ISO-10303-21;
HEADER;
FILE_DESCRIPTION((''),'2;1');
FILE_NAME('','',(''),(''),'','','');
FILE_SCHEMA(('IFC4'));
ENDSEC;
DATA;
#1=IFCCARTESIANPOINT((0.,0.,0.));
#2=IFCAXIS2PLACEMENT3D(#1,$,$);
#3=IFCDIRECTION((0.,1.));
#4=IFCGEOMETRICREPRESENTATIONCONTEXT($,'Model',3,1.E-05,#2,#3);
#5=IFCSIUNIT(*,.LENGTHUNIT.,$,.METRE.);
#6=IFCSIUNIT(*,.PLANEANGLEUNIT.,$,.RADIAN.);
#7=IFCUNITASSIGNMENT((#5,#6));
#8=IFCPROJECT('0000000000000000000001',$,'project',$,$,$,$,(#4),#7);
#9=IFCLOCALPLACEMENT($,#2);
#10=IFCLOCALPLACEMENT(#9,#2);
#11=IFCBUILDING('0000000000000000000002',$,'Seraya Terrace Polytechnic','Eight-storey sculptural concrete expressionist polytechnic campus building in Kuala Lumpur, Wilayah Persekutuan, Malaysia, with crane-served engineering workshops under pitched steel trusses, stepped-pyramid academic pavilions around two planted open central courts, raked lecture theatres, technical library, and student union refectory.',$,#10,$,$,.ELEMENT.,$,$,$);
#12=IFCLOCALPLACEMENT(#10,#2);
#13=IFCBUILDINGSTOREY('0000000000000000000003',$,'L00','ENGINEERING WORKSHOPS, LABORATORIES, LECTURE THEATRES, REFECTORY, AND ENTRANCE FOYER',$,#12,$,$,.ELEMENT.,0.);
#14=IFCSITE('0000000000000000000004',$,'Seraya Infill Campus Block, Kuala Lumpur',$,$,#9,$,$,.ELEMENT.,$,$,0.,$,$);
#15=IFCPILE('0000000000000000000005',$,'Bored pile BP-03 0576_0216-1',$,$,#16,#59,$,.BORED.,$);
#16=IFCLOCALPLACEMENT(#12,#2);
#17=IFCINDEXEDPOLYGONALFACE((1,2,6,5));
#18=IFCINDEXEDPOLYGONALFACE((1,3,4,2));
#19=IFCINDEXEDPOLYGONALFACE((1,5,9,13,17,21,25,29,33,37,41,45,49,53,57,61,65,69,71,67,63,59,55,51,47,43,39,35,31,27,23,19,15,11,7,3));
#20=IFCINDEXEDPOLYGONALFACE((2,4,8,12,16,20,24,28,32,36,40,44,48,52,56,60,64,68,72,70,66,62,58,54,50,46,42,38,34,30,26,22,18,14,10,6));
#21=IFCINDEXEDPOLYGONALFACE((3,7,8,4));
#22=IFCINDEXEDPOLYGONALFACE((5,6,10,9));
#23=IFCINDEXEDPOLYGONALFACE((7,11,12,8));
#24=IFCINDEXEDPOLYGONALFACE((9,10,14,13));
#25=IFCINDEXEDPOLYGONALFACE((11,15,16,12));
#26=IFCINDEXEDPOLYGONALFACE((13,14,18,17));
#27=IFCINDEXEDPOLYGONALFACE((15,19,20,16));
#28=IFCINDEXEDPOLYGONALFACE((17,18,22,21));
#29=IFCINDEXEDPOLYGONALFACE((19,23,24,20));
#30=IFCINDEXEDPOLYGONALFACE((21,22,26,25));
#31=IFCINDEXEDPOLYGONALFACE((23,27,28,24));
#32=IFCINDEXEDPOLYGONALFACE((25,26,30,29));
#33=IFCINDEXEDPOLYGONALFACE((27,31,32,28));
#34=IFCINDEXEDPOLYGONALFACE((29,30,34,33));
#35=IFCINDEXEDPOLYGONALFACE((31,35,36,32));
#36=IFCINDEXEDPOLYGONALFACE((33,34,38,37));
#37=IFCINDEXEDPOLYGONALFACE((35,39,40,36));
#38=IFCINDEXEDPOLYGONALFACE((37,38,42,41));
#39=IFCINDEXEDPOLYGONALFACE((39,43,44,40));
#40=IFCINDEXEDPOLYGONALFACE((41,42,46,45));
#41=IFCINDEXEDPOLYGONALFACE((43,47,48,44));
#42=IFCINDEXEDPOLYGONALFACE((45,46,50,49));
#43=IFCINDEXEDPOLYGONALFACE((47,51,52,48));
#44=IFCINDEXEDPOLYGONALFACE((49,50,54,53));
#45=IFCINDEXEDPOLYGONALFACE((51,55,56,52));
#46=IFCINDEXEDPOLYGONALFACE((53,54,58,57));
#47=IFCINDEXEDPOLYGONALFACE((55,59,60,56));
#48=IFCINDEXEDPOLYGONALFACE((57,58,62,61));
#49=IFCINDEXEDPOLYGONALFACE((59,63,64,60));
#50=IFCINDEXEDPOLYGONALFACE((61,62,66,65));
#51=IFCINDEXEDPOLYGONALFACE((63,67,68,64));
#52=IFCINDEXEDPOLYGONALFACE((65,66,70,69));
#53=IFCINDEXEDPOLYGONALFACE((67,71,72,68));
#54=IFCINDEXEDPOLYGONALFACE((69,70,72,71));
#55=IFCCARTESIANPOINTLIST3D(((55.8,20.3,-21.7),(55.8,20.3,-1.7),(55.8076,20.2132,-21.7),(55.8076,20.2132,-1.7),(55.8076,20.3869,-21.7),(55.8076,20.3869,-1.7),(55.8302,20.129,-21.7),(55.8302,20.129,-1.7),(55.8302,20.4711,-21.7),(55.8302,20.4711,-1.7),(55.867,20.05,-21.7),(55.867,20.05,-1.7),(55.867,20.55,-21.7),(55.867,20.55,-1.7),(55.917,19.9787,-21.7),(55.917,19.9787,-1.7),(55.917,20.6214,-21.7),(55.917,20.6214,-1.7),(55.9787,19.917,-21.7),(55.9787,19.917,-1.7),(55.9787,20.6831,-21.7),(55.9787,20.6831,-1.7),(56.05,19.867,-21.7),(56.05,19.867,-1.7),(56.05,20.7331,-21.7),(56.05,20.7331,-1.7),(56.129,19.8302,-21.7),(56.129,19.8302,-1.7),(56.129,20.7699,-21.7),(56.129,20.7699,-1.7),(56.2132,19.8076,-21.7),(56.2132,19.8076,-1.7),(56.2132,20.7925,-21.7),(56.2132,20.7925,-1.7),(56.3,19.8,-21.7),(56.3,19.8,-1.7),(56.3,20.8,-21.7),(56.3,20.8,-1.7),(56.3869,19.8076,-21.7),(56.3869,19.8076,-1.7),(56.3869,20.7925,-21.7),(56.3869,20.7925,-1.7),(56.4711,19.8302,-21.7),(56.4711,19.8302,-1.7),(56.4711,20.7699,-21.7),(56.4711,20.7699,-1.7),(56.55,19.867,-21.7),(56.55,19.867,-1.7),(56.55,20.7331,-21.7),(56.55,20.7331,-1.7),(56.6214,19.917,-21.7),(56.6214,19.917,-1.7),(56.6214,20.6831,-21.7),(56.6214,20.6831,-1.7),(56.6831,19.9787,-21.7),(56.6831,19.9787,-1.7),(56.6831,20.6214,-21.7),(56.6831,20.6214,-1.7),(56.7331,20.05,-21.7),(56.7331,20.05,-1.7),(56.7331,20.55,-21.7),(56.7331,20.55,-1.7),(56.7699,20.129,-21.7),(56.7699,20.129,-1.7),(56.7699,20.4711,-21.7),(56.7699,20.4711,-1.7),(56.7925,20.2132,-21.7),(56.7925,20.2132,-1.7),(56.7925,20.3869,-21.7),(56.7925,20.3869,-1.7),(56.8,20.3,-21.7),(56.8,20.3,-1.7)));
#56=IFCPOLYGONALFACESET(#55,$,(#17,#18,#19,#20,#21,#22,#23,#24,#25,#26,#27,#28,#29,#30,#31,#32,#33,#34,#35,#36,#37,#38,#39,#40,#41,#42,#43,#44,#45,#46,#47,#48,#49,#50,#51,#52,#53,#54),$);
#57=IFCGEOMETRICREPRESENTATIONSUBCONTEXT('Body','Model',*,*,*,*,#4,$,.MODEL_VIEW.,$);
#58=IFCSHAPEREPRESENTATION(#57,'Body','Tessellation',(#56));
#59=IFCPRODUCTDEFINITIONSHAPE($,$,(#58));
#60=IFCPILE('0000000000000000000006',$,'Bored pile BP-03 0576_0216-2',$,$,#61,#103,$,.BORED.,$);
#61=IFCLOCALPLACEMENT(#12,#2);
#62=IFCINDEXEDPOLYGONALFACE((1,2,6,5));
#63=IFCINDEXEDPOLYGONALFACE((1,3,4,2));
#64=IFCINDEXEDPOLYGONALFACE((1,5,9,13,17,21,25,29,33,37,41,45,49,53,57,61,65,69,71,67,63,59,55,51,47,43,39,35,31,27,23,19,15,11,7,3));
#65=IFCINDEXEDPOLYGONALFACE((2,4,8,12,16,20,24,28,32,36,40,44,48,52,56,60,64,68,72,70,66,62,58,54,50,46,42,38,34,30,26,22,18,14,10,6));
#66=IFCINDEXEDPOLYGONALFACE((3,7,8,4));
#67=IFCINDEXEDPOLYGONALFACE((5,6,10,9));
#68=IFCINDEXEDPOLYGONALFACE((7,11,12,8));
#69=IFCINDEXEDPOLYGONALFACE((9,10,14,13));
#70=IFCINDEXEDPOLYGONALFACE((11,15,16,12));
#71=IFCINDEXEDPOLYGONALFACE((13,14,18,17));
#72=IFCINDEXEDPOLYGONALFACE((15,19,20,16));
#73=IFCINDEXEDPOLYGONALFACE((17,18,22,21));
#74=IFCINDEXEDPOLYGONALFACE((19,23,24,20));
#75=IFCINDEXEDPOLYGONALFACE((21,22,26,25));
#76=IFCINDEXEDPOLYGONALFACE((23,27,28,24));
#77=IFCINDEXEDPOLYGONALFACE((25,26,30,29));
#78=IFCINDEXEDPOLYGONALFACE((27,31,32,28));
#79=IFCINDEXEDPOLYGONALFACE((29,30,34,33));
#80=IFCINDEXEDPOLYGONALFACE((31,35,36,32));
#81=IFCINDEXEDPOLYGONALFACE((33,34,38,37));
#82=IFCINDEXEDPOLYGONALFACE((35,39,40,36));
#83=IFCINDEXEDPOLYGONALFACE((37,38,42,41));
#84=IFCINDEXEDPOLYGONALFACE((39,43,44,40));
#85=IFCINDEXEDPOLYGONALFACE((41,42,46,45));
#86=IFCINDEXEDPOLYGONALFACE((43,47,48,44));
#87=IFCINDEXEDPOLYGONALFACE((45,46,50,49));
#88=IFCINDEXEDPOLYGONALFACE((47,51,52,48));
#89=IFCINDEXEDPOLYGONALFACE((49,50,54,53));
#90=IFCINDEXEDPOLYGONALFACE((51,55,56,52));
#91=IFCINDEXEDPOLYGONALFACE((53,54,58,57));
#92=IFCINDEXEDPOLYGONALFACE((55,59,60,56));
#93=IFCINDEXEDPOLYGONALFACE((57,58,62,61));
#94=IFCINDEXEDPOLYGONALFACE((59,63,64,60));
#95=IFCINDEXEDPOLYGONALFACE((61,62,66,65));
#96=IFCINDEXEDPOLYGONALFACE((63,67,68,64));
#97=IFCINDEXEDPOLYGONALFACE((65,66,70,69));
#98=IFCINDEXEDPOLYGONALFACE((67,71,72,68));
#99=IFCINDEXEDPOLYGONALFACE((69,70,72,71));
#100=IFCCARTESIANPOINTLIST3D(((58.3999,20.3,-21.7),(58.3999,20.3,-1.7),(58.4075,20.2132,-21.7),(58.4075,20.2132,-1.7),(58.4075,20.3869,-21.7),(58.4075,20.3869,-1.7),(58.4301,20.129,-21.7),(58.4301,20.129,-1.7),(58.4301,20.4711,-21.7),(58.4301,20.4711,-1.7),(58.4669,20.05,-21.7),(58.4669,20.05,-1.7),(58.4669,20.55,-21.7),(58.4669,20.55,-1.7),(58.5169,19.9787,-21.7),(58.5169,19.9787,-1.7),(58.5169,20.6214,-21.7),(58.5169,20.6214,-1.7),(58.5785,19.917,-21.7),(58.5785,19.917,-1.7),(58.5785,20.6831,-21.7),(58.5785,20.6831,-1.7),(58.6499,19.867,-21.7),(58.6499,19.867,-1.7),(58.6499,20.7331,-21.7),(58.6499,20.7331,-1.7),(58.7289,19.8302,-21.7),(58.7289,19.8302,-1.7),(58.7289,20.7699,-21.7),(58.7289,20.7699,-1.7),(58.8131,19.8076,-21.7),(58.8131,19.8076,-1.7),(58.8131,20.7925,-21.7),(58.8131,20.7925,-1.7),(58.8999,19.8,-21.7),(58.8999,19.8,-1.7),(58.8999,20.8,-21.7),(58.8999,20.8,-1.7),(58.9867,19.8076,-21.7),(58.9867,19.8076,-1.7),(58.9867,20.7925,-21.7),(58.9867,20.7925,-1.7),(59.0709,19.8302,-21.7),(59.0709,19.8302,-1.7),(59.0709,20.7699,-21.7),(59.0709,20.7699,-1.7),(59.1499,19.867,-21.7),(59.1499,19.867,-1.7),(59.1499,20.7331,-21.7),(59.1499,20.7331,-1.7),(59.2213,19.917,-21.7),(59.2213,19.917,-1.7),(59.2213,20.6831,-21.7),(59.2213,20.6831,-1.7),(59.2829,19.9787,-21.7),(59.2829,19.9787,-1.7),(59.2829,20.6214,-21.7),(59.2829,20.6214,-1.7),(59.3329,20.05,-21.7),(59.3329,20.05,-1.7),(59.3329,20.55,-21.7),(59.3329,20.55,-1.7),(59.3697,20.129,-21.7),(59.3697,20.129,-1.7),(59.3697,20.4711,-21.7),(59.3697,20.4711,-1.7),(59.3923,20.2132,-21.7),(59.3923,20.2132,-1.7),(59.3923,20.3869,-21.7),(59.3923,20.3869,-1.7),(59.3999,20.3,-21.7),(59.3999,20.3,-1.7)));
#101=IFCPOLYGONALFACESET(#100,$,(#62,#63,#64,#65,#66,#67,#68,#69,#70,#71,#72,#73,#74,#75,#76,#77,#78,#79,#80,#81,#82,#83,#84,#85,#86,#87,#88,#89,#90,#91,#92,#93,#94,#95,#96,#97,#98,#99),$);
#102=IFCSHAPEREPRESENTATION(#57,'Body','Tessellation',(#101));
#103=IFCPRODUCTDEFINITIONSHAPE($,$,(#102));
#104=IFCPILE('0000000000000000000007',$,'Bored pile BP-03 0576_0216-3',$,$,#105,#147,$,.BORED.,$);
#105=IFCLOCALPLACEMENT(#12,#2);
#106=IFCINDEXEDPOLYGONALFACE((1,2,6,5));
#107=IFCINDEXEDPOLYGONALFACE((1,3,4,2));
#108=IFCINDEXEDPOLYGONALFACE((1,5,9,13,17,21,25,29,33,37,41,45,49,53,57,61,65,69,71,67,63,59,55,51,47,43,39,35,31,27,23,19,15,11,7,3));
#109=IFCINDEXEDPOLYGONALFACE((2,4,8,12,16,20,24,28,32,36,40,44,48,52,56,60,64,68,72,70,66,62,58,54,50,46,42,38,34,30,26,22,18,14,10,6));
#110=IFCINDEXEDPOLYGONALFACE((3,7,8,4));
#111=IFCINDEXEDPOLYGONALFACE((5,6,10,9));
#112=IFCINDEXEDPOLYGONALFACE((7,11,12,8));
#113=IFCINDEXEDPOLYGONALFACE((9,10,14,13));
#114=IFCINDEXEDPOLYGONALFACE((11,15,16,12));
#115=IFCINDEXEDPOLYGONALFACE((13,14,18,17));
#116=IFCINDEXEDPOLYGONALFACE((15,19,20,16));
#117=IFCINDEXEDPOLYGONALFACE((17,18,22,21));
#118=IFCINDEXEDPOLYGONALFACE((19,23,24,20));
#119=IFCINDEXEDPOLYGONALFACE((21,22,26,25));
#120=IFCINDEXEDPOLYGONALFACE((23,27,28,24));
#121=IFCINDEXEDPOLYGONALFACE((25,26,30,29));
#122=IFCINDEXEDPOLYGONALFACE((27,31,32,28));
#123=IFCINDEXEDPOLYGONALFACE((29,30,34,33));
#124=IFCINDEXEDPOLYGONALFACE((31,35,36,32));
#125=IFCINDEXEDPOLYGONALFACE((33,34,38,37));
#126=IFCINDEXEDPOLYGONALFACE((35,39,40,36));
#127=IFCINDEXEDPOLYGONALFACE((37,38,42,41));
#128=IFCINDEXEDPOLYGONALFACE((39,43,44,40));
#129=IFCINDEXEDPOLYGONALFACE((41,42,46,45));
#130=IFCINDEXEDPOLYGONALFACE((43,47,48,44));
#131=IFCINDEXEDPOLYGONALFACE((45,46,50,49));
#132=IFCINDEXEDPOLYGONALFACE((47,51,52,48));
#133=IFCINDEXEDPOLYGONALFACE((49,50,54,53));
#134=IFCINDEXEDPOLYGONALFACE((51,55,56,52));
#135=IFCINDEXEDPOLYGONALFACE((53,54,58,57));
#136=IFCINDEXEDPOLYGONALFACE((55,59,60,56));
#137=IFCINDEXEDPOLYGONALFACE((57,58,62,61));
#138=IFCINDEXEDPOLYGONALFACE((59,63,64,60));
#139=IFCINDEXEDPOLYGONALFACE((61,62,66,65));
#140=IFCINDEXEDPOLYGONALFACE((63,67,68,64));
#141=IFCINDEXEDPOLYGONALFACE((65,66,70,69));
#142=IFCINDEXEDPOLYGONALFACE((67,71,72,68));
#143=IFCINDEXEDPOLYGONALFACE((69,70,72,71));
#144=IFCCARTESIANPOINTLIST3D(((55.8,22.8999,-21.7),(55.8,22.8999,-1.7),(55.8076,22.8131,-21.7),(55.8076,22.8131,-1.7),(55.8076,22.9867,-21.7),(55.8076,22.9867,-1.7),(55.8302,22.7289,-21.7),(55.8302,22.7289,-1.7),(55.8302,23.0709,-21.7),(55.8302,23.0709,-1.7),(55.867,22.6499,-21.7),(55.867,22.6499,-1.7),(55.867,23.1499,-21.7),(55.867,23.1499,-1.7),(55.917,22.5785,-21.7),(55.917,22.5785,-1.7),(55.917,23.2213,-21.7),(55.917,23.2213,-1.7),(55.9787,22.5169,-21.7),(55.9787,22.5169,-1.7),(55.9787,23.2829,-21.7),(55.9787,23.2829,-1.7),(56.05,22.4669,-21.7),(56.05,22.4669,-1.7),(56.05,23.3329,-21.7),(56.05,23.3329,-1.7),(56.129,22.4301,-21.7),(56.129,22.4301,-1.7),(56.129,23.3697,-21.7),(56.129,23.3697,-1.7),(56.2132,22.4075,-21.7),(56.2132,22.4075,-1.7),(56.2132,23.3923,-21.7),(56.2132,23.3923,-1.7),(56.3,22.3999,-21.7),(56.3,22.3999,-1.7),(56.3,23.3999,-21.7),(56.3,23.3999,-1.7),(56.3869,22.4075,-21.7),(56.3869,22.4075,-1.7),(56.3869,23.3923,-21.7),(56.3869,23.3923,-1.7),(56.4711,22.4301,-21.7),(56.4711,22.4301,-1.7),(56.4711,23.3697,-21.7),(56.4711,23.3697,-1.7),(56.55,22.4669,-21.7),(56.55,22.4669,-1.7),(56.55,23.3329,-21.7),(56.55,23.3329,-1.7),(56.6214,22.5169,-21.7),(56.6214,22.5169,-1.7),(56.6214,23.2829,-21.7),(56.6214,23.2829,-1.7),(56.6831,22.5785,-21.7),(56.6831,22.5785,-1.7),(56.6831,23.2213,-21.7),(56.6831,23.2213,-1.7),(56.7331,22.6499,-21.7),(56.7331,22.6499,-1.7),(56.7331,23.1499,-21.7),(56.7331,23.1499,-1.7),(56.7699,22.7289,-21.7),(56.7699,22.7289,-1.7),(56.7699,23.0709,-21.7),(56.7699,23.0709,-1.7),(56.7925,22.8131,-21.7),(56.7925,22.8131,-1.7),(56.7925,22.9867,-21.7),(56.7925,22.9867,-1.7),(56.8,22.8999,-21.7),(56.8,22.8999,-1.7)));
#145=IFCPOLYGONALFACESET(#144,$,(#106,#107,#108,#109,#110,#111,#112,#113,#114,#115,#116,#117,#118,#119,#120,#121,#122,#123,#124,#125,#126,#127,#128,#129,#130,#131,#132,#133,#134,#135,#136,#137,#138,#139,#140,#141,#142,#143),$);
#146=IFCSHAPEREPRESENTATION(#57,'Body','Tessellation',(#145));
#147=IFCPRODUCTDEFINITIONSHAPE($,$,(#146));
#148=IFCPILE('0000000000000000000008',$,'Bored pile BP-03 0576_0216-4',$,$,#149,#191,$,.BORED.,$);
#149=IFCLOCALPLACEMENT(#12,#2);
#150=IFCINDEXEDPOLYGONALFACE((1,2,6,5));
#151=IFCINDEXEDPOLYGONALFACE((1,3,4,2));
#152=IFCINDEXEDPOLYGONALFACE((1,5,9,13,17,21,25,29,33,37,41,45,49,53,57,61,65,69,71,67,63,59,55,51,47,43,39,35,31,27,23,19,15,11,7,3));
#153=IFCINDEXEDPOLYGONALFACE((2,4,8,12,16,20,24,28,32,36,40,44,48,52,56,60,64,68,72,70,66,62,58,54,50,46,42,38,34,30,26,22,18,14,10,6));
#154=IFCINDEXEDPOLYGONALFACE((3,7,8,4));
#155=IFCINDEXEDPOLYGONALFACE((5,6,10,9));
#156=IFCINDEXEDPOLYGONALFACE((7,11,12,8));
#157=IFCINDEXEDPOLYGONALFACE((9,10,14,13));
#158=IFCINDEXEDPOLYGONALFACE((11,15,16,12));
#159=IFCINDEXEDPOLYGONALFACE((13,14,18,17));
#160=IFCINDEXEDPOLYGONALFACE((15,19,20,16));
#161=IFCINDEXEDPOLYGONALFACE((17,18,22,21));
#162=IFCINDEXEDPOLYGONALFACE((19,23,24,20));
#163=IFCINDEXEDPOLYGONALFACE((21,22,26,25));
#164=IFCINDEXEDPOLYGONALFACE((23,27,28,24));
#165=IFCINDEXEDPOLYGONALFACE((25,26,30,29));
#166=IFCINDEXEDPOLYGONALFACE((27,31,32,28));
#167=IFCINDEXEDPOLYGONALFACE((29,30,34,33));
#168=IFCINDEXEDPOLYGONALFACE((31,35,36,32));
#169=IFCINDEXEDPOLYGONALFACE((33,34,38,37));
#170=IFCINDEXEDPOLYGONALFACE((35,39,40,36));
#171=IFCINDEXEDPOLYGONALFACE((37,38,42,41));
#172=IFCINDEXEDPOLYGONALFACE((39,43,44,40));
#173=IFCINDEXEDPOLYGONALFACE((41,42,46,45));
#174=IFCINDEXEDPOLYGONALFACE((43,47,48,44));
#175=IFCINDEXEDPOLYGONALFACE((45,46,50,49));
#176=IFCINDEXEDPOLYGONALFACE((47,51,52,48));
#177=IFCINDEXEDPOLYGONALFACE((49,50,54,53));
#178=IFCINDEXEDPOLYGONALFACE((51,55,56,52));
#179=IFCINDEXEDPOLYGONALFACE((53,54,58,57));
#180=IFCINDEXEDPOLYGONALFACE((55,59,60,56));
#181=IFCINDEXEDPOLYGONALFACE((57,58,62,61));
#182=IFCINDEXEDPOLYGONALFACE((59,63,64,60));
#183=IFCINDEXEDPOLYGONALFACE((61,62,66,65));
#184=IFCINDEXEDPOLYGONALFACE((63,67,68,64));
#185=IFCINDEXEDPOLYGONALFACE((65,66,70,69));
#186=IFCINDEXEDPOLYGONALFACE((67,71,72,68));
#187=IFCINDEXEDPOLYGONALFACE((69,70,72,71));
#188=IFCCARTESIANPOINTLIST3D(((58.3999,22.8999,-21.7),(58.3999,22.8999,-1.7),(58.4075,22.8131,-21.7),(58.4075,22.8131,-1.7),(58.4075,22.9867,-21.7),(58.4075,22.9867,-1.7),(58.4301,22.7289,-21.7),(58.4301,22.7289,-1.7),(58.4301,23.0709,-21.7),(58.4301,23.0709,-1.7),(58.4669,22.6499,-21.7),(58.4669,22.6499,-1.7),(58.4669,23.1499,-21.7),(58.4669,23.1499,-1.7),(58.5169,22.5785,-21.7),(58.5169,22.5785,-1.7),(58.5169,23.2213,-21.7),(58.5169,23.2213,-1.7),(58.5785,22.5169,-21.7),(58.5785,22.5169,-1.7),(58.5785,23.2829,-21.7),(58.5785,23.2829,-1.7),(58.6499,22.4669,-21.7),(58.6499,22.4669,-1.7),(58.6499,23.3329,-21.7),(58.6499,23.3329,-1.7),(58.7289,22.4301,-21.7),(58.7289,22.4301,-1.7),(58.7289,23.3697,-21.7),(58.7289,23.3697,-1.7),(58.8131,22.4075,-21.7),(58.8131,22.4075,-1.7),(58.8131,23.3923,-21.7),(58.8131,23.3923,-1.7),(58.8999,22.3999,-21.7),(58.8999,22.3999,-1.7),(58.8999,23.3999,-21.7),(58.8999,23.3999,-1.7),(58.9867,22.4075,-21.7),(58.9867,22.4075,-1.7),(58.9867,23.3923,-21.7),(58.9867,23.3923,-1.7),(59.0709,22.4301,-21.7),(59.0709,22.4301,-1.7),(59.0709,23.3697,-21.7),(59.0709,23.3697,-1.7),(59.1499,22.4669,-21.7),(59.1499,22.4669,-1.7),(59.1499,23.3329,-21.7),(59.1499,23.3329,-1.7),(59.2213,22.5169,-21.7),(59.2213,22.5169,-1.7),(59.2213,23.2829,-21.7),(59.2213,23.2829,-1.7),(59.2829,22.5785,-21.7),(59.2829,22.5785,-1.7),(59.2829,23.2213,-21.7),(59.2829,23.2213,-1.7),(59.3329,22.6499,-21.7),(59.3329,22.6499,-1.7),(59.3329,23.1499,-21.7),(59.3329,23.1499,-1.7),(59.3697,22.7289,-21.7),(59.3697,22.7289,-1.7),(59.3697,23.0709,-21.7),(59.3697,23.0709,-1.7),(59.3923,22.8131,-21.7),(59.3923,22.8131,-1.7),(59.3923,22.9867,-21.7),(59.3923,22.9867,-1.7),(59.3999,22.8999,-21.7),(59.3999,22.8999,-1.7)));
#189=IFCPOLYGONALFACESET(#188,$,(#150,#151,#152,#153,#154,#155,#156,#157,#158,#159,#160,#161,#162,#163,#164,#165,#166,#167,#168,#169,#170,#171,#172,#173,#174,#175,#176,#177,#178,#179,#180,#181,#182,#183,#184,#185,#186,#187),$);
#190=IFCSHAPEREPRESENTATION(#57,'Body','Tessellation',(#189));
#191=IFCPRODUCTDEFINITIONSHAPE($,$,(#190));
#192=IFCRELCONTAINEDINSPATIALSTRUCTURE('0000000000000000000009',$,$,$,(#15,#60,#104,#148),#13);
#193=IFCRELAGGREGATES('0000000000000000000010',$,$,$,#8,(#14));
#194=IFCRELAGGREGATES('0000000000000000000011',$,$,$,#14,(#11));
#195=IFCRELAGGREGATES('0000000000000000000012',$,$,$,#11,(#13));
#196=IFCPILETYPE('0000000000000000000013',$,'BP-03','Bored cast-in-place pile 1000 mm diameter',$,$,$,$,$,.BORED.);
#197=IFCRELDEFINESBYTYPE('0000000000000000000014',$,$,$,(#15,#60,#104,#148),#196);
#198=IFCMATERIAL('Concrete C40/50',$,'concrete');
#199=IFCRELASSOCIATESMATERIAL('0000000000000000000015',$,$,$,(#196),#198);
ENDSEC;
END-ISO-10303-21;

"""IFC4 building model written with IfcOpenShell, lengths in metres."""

from ifc_helpers import new_model, si_unit, direction, frame, origin, origin_2d, place, context, subcontext, project, spatial, circle, extrude, material, material_profile, profile_set, type_object, element, save


model = new_model("IFC4")

# Units and contexts
model_context = context("Model", 3, precision=1e-05, world=origin(), true_north=direction((0.0, 1.0)))
body_context = subcontext(model_context, "Body", "Model", "MODEL_VIEW")
ifc_project = project(units=[si_unit("LENGTHUNIT", "METRE"), si_unit("PLANEANGLEUNIT", "RADIAN")], contexts=[model_context])

# Site, building, storey
site_placement = place(None, origin())
site = spatial("IfcSite", under=ifc_project, at=site_placement, Name="Seraya Infill Campus Block, Kuala Lumpur", CompositionType="ELEMENT", RefElevation=0.0)
building_placement = place(site_placement, origin())
building = spatial("IfcBuilding", under=site, at=building_placement, Name="Seraya Terrace Polytechnic", Description="Eight-storey sculptural concrete expressionist polytechnic campus building in Kuala Lumpur, Wilayah Persekutuan, Malaysia, with crane-served engineering workshops under pitched steel trusses, stepped-pyramid academic pavilions around two planted open central courts, raked lecture theatres, technical library, and student union refectory.", CompositionType="ELEMENT")
storey_placement = place(building_placement, origin())
storey = spatial("IfcBuildingStorey", under=building, at=storey_placement, Name="L00", Description="ENGINEERING WORKSHOPS, LABORATORIES, LECTURE THEATRES, REFECTORY, AND ENTRANCE FOYER", CompositionType="ELEMENT", Elevation=0.0)

# Piles
ifc_material_1 = material(Name="Concrete C40/50", Category="concrete")
ifc_material_profile_1 = material_profile(ifc_material_1, circle(Radius=0.5, at=origin_2d()), Name="DIA 1000")
ifc_profile_set_1 = profile_set([ifc_material_profile_1], Name="Concrete C40/50")
pile_type_1 = type_object("IfcPileType", Name="BP-03", Description="Bored cast-in-place pile 1000 mm diameter", PredefinedType="BORED", material=ifc_profile_set_1)
for number, where, z_axis, x_axis, name in (
    (1, (56.3, 20.3, -1.7), (0.0, 0.0, -1.0), (1.0, 0.0, 0.0), "Bored pile BP-03 0576_0216-1"),
    (2, (58.8999, 20.3, -1.7), (0.0, 0.0, -1.0), (1.0, 0.0, 0.0), "Bored pile BP-03 0576_0216-2"),
    (3, (56.3, 22.8999, -1.7), (0.0, 0.0, -1.0), (1.0, 0.0, 0.0), "Bored pile BP-03 0576_0216-3"),
    (4, (58.8999, 22.8999, -1.7), (0.0, 0.0, -1.0), (1.0, 0.0, 0.0), "Bored pile BP-03 0576_0216-4"),
):
    element("IfcPile", number, at=place(storey_placement, frame(where, z_axis=z_axis, x_axis=x_axis)), inside=storey, type_object=pile_type_1, Name=name, PredefinedType="BORED", context=body_context, shape_type="SweptSolid", body=[
        extrude(circle(Radius=0.5, at=origin_2d()), origin(), (0.0, 0.0, 1.0), 20.0),
    ])

save(model, "model.ifc")
